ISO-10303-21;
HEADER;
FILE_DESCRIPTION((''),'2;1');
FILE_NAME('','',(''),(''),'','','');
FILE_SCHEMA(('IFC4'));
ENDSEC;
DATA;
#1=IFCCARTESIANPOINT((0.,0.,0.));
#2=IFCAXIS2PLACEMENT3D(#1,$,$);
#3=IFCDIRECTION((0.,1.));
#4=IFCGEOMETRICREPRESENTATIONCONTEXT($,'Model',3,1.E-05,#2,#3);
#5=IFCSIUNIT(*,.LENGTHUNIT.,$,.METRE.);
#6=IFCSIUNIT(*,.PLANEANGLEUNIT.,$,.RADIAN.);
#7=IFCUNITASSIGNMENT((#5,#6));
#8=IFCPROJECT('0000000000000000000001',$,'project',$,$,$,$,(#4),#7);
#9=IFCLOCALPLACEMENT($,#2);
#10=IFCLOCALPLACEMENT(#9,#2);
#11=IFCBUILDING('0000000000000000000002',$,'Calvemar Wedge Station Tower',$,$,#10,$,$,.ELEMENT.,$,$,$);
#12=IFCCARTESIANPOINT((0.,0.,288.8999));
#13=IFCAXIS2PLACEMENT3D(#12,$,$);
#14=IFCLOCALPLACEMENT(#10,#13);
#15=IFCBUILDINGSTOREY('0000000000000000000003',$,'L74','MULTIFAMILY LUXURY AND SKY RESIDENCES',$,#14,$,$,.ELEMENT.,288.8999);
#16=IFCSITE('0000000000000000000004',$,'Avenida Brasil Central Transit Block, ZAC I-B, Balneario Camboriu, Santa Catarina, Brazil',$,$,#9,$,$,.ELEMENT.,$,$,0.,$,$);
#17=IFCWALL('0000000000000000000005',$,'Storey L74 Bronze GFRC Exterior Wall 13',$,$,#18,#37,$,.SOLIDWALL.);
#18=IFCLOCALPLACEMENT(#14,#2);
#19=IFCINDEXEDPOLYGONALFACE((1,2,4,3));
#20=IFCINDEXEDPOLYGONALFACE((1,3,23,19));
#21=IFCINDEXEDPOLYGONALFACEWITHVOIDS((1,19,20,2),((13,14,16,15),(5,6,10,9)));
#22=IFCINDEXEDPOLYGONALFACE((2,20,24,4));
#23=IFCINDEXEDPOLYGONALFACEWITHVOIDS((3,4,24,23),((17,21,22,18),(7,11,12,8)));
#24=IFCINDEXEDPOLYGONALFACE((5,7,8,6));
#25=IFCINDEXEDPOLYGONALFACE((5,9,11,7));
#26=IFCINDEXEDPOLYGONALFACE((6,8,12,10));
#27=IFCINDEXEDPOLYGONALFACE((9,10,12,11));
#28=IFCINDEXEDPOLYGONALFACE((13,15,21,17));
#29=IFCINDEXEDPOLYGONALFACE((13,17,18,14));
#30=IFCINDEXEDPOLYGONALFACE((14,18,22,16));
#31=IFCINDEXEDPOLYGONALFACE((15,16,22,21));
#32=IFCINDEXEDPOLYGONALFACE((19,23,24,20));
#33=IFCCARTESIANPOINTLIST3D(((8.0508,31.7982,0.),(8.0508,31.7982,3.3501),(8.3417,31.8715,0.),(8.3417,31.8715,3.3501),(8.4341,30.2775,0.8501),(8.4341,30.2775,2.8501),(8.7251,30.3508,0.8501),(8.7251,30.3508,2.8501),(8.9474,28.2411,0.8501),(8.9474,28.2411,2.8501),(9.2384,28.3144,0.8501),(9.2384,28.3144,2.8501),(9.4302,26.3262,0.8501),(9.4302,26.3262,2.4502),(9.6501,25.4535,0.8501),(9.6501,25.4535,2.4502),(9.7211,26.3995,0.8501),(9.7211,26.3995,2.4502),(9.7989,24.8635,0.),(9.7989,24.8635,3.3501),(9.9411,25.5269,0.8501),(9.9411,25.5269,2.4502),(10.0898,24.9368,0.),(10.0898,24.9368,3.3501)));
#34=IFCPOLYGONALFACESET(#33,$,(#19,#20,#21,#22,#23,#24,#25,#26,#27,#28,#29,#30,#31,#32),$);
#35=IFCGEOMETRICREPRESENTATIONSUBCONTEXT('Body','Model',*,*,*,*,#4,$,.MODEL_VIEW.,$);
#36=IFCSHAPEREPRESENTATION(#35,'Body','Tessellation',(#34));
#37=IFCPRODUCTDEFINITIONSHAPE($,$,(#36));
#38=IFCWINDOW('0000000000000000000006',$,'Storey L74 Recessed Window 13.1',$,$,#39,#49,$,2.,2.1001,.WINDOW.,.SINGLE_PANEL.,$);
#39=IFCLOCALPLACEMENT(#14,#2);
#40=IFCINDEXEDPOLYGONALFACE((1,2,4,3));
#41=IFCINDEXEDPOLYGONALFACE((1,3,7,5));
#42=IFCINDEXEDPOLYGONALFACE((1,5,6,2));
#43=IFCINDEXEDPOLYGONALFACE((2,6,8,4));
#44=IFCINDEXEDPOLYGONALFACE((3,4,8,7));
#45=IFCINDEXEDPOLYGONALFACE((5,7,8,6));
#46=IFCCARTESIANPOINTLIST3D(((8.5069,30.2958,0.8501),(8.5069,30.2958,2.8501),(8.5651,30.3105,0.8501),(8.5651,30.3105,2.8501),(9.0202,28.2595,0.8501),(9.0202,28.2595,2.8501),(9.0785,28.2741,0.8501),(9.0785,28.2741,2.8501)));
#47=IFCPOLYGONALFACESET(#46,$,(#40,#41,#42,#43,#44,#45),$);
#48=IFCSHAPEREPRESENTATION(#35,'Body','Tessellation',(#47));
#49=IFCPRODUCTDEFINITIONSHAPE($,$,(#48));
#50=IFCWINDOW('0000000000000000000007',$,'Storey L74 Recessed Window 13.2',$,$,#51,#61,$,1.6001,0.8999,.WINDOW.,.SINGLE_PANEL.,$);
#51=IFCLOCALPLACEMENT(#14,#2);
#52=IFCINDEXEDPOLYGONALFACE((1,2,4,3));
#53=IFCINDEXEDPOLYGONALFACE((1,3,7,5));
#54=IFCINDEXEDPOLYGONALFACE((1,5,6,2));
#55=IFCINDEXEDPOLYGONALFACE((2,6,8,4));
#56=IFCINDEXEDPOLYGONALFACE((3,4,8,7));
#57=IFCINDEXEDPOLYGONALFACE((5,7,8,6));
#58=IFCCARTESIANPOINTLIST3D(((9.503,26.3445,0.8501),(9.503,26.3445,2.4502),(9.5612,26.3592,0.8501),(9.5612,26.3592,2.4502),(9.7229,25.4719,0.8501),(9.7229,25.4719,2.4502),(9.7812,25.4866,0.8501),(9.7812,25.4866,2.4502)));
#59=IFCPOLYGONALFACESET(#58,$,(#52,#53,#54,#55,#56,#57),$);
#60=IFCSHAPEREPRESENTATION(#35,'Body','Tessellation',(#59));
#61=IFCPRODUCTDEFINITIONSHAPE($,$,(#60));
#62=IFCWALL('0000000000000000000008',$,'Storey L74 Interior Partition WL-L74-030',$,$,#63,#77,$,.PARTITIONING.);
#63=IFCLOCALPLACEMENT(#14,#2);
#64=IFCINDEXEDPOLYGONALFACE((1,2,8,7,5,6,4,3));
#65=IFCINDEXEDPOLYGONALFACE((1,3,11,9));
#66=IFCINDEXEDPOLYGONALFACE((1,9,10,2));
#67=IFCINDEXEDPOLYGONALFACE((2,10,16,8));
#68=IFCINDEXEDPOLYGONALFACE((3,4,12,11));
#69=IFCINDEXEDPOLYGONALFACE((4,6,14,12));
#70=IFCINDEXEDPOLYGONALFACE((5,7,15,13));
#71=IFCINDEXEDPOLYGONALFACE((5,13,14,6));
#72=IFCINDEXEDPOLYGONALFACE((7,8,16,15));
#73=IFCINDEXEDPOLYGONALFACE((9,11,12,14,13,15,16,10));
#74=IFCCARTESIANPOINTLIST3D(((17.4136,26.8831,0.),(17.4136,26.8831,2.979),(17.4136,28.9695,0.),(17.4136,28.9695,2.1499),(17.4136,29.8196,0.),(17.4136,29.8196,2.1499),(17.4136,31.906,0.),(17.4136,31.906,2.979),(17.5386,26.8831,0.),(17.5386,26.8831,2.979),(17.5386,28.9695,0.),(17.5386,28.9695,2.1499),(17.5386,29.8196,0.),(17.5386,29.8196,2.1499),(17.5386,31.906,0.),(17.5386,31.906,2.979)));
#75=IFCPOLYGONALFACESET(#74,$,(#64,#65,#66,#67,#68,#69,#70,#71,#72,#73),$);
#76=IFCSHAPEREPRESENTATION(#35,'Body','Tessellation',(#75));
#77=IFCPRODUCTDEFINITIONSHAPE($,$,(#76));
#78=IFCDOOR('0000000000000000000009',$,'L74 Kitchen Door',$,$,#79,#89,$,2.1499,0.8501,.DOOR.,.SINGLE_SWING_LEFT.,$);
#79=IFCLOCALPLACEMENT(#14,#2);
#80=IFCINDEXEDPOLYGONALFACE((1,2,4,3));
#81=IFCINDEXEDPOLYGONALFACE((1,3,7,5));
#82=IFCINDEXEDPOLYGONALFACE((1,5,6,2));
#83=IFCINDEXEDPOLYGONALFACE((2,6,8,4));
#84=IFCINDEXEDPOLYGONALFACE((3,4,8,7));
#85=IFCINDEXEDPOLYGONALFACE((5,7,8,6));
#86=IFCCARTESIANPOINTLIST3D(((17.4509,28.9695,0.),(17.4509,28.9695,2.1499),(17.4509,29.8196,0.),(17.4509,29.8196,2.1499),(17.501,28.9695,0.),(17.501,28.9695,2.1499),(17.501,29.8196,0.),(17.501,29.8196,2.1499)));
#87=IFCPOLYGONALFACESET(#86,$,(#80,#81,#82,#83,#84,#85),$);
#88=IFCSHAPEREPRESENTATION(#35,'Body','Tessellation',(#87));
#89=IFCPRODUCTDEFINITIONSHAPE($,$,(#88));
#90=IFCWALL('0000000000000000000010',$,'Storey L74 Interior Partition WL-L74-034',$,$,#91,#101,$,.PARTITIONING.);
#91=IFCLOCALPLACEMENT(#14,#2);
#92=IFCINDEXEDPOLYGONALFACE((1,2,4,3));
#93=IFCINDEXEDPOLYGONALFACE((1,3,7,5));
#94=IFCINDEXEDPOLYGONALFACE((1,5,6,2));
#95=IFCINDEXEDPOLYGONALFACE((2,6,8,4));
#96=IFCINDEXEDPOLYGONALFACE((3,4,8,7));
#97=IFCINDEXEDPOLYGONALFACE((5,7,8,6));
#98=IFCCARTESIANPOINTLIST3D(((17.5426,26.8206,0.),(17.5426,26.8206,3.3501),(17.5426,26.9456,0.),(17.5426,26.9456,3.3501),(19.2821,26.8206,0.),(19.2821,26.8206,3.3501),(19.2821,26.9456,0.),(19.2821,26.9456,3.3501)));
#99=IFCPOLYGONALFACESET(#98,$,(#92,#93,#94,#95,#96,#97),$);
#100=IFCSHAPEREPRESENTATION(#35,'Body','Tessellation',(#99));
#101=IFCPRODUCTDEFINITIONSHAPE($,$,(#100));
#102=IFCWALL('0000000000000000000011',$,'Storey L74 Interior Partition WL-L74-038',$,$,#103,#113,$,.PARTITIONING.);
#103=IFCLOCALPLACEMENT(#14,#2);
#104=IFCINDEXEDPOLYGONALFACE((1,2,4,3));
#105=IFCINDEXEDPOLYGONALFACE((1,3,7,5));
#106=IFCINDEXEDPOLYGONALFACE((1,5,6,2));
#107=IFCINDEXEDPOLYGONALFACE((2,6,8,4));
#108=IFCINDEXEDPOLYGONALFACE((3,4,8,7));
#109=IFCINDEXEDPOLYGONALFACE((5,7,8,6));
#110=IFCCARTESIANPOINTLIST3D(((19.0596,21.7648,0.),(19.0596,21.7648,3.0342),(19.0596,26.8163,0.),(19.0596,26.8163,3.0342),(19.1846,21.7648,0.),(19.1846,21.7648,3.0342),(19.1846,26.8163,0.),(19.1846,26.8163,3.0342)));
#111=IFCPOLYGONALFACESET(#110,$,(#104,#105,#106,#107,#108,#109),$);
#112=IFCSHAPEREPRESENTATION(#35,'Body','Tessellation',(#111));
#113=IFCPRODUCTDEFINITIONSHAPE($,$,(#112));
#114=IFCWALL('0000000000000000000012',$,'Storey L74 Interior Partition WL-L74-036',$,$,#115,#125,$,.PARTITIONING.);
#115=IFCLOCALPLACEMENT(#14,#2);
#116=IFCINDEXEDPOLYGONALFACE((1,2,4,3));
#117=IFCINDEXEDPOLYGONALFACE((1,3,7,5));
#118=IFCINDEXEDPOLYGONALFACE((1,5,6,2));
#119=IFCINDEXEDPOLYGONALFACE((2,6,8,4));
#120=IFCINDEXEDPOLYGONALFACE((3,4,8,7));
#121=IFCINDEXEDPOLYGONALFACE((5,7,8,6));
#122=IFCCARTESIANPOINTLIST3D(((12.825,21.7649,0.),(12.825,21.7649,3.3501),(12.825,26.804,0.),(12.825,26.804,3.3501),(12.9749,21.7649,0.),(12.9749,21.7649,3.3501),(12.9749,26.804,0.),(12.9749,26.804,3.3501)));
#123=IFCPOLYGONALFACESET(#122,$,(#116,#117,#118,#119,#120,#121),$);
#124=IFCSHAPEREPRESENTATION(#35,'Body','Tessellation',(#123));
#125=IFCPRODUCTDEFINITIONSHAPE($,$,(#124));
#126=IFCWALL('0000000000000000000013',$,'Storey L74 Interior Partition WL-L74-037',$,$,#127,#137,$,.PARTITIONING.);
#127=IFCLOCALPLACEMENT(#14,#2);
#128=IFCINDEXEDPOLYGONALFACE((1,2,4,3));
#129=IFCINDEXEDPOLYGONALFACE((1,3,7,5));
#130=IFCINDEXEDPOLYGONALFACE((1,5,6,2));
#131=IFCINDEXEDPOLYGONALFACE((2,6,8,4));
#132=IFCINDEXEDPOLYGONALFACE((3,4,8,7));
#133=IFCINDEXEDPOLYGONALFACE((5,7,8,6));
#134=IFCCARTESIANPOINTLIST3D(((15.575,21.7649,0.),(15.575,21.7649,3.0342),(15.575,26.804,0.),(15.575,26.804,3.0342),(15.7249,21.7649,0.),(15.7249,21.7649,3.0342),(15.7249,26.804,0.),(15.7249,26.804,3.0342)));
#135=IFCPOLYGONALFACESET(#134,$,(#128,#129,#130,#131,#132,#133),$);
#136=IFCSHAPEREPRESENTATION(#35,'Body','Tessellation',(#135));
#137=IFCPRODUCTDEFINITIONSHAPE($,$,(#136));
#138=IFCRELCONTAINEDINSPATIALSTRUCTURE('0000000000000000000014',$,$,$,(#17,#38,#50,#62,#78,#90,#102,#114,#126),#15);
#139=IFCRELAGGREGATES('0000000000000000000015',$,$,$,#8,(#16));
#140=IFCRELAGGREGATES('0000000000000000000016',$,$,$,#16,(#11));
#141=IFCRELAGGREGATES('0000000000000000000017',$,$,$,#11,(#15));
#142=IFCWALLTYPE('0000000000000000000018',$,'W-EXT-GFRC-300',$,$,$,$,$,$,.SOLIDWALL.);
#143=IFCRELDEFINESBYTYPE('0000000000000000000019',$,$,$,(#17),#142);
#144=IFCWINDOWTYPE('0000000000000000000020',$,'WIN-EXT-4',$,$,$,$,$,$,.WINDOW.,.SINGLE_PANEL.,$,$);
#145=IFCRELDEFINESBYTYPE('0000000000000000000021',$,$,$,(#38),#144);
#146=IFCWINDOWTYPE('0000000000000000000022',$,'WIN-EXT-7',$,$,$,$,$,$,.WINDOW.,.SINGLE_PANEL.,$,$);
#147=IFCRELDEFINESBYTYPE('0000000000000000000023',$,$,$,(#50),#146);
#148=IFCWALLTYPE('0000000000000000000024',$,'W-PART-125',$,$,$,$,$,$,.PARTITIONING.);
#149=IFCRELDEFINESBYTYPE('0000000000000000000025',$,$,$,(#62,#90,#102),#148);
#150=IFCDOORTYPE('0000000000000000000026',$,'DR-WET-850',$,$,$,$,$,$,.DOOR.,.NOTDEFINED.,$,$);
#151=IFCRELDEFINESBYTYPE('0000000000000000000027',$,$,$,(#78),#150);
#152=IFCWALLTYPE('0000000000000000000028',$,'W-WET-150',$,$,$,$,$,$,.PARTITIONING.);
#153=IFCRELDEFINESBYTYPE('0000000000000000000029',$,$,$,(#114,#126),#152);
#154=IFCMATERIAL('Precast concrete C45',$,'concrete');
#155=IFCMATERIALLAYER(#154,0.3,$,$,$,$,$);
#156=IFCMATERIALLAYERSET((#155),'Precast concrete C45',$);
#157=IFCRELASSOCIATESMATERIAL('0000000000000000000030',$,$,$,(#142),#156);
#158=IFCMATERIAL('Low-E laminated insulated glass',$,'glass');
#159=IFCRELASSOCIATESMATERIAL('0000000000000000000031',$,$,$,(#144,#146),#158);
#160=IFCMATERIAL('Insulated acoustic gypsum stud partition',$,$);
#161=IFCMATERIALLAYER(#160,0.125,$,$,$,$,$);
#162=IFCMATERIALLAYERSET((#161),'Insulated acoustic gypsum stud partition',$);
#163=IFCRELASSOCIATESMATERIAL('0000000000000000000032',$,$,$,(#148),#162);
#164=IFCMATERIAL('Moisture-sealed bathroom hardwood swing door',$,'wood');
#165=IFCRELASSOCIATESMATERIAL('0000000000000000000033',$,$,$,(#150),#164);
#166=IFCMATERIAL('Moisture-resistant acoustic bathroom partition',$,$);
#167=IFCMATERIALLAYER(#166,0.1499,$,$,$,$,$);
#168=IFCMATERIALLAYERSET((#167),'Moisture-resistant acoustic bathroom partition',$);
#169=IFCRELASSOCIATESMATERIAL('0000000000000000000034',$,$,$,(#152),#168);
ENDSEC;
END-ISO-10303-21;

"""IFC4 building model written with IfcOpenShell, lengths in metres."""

from ifc_helpers import new_model, si_unit, direction, frame, frame_2d, origin, place, context, subcontext, project, spatial, rectangle, extrude, source, transform, mapped, material, layer, layer_set, type_object, element, fill, save


model = new_model("IFC4")

# Units and contexts
model_context = context("Model", 3, precision=1e-05, world=origin(), true_north=direction((0.0, 1.0)))
body_context = subcontext(model_context, "Body", "Model", "MODEL_VIEW")
ifc_project = project(units=[si_unit("LENGTHUNIT", "METRE"), si_unit("PLANEANGLEUNIT", "RADIAN")], contexts=[model_context])

# Site, building, storey
site_placement = place(None, origin())
site = spatial("IfcSite", under=ifc_project, at=site_placement, Name="Avenida Brasil Central Transit Block, ZAC I-B, Balneario Camboriu, Santa Catarina, Brazil", CompositionType="ELEMENT", RefElevation=0.0)
building_placement = place(site_placement, origin())
building = spatial("IfcBuilding", under=site, at=building_placement, Name="Calvemar Wedge Station Tower", CompositionType="ELEMENT")
storey_placement = place(building_placement, frame((0.0, 0.0, 288.8999)))
storey = spatial("IfcBuildingStorey", under=building, at=storey_placement, Name="L74", Description="MULTIFAMILY LUXURY AND SKY RESIDENCES", CompositionType="ELEMENT", Elevation=288.8999)

# Shared definitions
ifc_material_1 = material(Name="Precast concrete C45", Category="concrete")
ifc_layer_1 = layer(ifc_material_1, 0.3)
ifc_layer_set_1 = layer_set([ifc_layer_1], Name="Precast concrete C45")
wall_type_1 = type_object("IfcWallType", Name="W-EXT-GFRC-300", PredefinedType="SOLIDWALL", material=ifc_layer_set_1)
shared_shape_1 = source(origin(), body_context, "Body", "SweptSolid", [
    extrude(rectangle(XDim=2.1001, YDim=2.0, at=frame_2d((1.05, 1.0))), frame((0.0, 0.1602, 0.0), z_axis=(0.0, -1.0, 0.0), x_axis=(1.0, 0.0, 0.0)), (0.0, 0.0, 1.0), 0.3201),
])
ifc_material_2 = material(Name="Low-E laminated insulated glass", Category="glass")
window_type_1 = type_object("IfcWindowType", Name="WIN-EXT-4", PartitioningType="SINGLE_PANEL", PredefinedType="WINDOW", material=ifc_material_2)
shared_shape_2 = source(origin(), body_context, "Body", "SweptSolid", [
    extrude(rectangle(XDim=2.1001, YDim=2.0, at=frame_2d((1.05, 1.0))), frame((0.0, -0.0149, 0.0), z_axis=(0.0, -1.0, 0.0), x_axis=(1.0, 0.0, 0.0)), (0.0, 0.0, 1.0), 0.0601),
])

# Wall, openings, windows
wall_1_placement = place(storey_placement, frame((8.1963, 31.8347, 0.0), z_axis=(0.0, 0.0, 1.0), x_axis=(0.244431, -0.969667, 0.0)))
wall_1 = element("IfcWall", 1, at=wall_1_placement, inside=storey, type_object=wall_type_1, Name="Storey L74 Bronze GFRC Exterior Wall 13", PredefinedType="SOLIDWALL", context=body_context, shape_type="SweptSolid", body=[
    extrude(rectangle(XDim=7.1516, YDim=0.3, at=frame_2d((3.5757, 0.0))), origin(), (0.0, 0.0, 1.0), 3.3501),
])
opening_1_placement = place(wall_1_placement, frame((1.5681, 0.0, 0.8501)))
opening_1 = element("IfcOpeningElement", 2, at=opening_1_placement, cuts=wall_1, PredefinedType="OPENING", context=body_context, shape_type="MappedRepresentation", body=[
    mapped(shared_shape_1, transform((0.0, 0.0, 0.0), scale=1.0)),
])
shared_shape_3 = source(origin(), body_context, "Body", "SweptSolid", [
    extrude(rectangle(XDim=0.8999, YDim=1.6001, at=frame_2d((0.45, 0.8))), frame((0.0, 0.1602, 0.0), z_axis=(0.0, -1.0, 0.0), x_axis=(1.0, 0.0, 0.0)), (0.0, 0.0, 1.0), 0.3201),
])
opening_2_placement = place(wall_1_placement, frame((5.6431, 0.0, 0.8501)))
opening_2 = element("IfcOpeningElement", 3, at=opening_2_placement, cuts=wall_1, PredefinedType="OPENING", context=body_context, shape_type="MappedRepresentation", body=[
    mapped(shared_shape_3, transform((0.0, 0.0, 0.0), scale=1.0)),
])
window_1_placement = place(opening_1_placement, origin())
window_1 = element("IfcWindow", 4, at=window_1_placement, inside=storey, type_object=window_type_1, Name="Storey L74 Recessed Window 13.1", OverallHeight=2.0, OverallWidth=2.1001, PartitioningType="SINGLE_PANEL", PredefinedType="WINDOW", context=body_context, shape_type="MappedRepresentation", body=[
    mapped(shared_shape_2, transform((0.0, 0.0, 0.0), scale=1.0)),
])
fill(opening_1, window_1)
window_type_2 = type_object("IfcWindowType", Name="WIN-EXT-7", PartitioningType="SINGLE_PANEL", PredefinedType="WINDOW", material=ifc_material_2)
shared_shape_4 = source(origin(), body_context, "Body", "SweptSolid", [
    extrude(rectangle(XDim=0.8999, YDim=1.6001, at=frame_2d((0.45, 0.8))), frame((0.0, -0.0149, 0.0), z_axis=(0.0, -1.0, 0.0), x_axis=(1.0, 0.0, 0.0)), (0.0, 0.0, 1.0), 0.0601),
])
window_2_placement = place(opening_2_placement, origin())
window_2 = element("IfcWindow", 5, at=window_2_placement, inside=storey, type_object=window_type_2, Name="Storey L74 Recessed Window 13.2", OverallHeight=1.6001, OverallWidth=0.8999, PartitioningType="SINGLE_PANEL", PredefinedType="WINDOW", context=body_context, shape_type="MappedRepresentation", body=[
    mapped(shared_shape_4, transform((0.0, 0.0, 0.0), scale=1.0)),
])
fill(opening_2, window_2)

# Wall, opening, door
ifc_material_3 = material(Name="Insulated acoustic gypsum stud partition")
ifc_layer_2 = layer(ifc_material_3, 0.125)
ifc_layer_set_2 = layer_set([ifc_layer_2], Name="Insulated acoustic gypsum stud partition")
wall_type_2 = type_object("IfcWallType", Name="W-PART-125", PredefinedType="PARTITIONING", material=ifc_layer_set_2)
wall_2_placement = place(storey_placement, frame((17.4761, 31.906, 0.0), z_axis=(0.0, 0.0, 1.0), x_axis=(0.0, -1.0, 0.0)))
wall_2 = element("IfcWall", 6, at=wall_2_placement, inside=storey, type_object=wall_type_2, Name="Storey L74 Interior Partition WL-L74-030", PredefinedType="PARTITIONING", context=body_context, shape_type="SweptSolid", body=[
    extrude(rectangle(XDim=5.0229, YDim=0.125, at=frame_2d((2.5115, 0.0))), origin(), (0.0, 0.0, 1.0), 2.979),
])
shared_shape_5 = source(origin(), body_context, "Body", "SweptSolid", [
    extrude(rectangle(XDim=0.8501, YDim=2.1499, at=frame_2d((0.425, 1.075))), frame((0.0, 0.0725, 0.0), z_axis=(0.0, -1.0, 0.0), x_axis=(1.0, 0.0, 0.0)), (0.0, 0.0, 1.0), 0.145),
])
opening_3_placement = place(wall_2_placement, frame((2.0864, 0.0, 0.0)))
opening_3 = element("IfcOpeningElement", 7, at=opening_3_placement, cuts=wall_2, PredefinedType="OPENING", context=body_context, shape_type="MappedRepresentation", body=[
    mapped(shared_shape_5, transform((0.0, 0.0, 0.0), scale=1.0)),
])
ifc_material_4 = material(Name="Moisture-sealed bathroom hardwood swing door", Category="wood")
door_type_1 = type_object("IfcDoorType", Name="DR-WET-850", OperationType="NOTDEFINED", PredefinedType="DOOR", material=ifc_material_4)
shared_shape_6 = source(origin(), body_context, "Body", "SweptSolid", [
    extrude(rectangle(XDim=0.8501, YDim=2.1499, at=frame_2d((0.425, 1.075))), frame((0.0, 0.0249, 0.0), z_axis=(0.0, -1.0, 0.0), x_axis=(1.0, 0.0, 0.0)), (0.0, 0.0, 1.0), 0.05),
])
door_1_placement = place(opening_3_placement, origin())
door_1 = element("IfcDoor", 8, at=door_1_placement, inside=storey, type_object=door_type_1, Name="L74 Kitchen Door", OperationType="SINGLE_SWING_LEFT", OverallHeight=2.1499, OverallWidth=0.8501, PredefinedType="DOOR", context=body_context, shape_type="MappedRepresentation", body=[
    mapped(shared_shape_6, transform((0.0, 0.0, 0.0), scale=1.0)),
])
fill(opening_3, door_1)

# Walls
wall_3_placement = place(storey_placement, frame((19.282, 26.8831, 0.0), z_axis=(0.0, 0.0, 1.0), x_axis=(-1.0, 0.0, 0.0)))
element("IfcWall", 9, at=wall_3_placement, inside=storey, type_object=wall_type_2, Name="Storey L74 Interior Partition WL-L74-034", PredefinedType="PARTITIONING", context=body_context, shape_type="SweptSolid", body=[
    extrude(rectangle(XDim=1.7395, YDim=0.125, at=frame_2d((0.8696, 0.0))), origin(), (0.0, 0.0, 1.0), 3.3501),
])
wall_4_placement = place(storey_placement, frame((19.1221, 26.8164, 0.0), z_axis=(0.0, 0.0, 1.0), x_axis=(0.0, -1.0, 0.0)))
element("IfcWall", 10, at=wall_4_placement, inside=storey, type_object=wall_type_2, Name="Storey L74 Interior Partition WL-L74-038", PredefinedType="PARTITIONING", context=body_context, shape_type="SweptSolid", body=[
    extrude(rectangle(XDim=5.0515, YDim=0.125, at=frame_2d((2.5259, 0.0))), origin(), (0.0, 0.0, 1.0), 3.0342),
])

# Shared definitions
ifc_material_5 = material(Name="Moisture-resistant acoustic bathroom partition")
ifc_layer_3 = layer(ifc_material_5, 0.1499)
ifc_layer_set_3 = layer_set([ifc_layer_3], Name="Moisture-resistant acoustic bathroom partition")
wall_type_3 = type_object("IfcWallType", Name="W-WET-150", PredefinedType="PARTITIONING", material=ifc_layer_set_3)

# Walls
wall_5_placement = place(storey_placement, frame((12.8999, 21.7649, 0.0), z_axis=(0.0, 0.0, 1.0), x_axis=(0.0, 1.0, 0.0)))
element("IfcWall", 11, at=wall_5_placement, inside=storey, type_object=wall_type_3, Name="Storey L74 Interior Partition WL-L74-036", PredefinedType="PARTITIONING", context=body_context, shape_type="SweptSolid", body=[
    extrude(rectangle(XDim=5.0391, YDim=0.1499, at=frame_2d((2.5195, 0.0))), origin(), (0.0, 0.0, 1.0), 3.3501),
])
wall_6_placement = place(storey_placement, frame((15.6499, 26.804, 0.0), z_axis=(0.0, 0.0, 1.0), x_axis=(0.0, -1.0, 0.0)))
element("IfcWall", 12, at=wall_6_placement, inside=storey, type_object=wall_type_3, Name="Storey L74 Interior Partition WL-L74-037", PredefinedType="PARTITIONING", context=body_context, shape_type="SweptSolid", body=[
    extrude(rectangle(XDim=5.0391, YDim=0.1499, at=frame_2d((2.5195, 0.0))), origin(), (0.0, 0.0, 1.0), 3.0342),
])

save(model, "model.ifc")
